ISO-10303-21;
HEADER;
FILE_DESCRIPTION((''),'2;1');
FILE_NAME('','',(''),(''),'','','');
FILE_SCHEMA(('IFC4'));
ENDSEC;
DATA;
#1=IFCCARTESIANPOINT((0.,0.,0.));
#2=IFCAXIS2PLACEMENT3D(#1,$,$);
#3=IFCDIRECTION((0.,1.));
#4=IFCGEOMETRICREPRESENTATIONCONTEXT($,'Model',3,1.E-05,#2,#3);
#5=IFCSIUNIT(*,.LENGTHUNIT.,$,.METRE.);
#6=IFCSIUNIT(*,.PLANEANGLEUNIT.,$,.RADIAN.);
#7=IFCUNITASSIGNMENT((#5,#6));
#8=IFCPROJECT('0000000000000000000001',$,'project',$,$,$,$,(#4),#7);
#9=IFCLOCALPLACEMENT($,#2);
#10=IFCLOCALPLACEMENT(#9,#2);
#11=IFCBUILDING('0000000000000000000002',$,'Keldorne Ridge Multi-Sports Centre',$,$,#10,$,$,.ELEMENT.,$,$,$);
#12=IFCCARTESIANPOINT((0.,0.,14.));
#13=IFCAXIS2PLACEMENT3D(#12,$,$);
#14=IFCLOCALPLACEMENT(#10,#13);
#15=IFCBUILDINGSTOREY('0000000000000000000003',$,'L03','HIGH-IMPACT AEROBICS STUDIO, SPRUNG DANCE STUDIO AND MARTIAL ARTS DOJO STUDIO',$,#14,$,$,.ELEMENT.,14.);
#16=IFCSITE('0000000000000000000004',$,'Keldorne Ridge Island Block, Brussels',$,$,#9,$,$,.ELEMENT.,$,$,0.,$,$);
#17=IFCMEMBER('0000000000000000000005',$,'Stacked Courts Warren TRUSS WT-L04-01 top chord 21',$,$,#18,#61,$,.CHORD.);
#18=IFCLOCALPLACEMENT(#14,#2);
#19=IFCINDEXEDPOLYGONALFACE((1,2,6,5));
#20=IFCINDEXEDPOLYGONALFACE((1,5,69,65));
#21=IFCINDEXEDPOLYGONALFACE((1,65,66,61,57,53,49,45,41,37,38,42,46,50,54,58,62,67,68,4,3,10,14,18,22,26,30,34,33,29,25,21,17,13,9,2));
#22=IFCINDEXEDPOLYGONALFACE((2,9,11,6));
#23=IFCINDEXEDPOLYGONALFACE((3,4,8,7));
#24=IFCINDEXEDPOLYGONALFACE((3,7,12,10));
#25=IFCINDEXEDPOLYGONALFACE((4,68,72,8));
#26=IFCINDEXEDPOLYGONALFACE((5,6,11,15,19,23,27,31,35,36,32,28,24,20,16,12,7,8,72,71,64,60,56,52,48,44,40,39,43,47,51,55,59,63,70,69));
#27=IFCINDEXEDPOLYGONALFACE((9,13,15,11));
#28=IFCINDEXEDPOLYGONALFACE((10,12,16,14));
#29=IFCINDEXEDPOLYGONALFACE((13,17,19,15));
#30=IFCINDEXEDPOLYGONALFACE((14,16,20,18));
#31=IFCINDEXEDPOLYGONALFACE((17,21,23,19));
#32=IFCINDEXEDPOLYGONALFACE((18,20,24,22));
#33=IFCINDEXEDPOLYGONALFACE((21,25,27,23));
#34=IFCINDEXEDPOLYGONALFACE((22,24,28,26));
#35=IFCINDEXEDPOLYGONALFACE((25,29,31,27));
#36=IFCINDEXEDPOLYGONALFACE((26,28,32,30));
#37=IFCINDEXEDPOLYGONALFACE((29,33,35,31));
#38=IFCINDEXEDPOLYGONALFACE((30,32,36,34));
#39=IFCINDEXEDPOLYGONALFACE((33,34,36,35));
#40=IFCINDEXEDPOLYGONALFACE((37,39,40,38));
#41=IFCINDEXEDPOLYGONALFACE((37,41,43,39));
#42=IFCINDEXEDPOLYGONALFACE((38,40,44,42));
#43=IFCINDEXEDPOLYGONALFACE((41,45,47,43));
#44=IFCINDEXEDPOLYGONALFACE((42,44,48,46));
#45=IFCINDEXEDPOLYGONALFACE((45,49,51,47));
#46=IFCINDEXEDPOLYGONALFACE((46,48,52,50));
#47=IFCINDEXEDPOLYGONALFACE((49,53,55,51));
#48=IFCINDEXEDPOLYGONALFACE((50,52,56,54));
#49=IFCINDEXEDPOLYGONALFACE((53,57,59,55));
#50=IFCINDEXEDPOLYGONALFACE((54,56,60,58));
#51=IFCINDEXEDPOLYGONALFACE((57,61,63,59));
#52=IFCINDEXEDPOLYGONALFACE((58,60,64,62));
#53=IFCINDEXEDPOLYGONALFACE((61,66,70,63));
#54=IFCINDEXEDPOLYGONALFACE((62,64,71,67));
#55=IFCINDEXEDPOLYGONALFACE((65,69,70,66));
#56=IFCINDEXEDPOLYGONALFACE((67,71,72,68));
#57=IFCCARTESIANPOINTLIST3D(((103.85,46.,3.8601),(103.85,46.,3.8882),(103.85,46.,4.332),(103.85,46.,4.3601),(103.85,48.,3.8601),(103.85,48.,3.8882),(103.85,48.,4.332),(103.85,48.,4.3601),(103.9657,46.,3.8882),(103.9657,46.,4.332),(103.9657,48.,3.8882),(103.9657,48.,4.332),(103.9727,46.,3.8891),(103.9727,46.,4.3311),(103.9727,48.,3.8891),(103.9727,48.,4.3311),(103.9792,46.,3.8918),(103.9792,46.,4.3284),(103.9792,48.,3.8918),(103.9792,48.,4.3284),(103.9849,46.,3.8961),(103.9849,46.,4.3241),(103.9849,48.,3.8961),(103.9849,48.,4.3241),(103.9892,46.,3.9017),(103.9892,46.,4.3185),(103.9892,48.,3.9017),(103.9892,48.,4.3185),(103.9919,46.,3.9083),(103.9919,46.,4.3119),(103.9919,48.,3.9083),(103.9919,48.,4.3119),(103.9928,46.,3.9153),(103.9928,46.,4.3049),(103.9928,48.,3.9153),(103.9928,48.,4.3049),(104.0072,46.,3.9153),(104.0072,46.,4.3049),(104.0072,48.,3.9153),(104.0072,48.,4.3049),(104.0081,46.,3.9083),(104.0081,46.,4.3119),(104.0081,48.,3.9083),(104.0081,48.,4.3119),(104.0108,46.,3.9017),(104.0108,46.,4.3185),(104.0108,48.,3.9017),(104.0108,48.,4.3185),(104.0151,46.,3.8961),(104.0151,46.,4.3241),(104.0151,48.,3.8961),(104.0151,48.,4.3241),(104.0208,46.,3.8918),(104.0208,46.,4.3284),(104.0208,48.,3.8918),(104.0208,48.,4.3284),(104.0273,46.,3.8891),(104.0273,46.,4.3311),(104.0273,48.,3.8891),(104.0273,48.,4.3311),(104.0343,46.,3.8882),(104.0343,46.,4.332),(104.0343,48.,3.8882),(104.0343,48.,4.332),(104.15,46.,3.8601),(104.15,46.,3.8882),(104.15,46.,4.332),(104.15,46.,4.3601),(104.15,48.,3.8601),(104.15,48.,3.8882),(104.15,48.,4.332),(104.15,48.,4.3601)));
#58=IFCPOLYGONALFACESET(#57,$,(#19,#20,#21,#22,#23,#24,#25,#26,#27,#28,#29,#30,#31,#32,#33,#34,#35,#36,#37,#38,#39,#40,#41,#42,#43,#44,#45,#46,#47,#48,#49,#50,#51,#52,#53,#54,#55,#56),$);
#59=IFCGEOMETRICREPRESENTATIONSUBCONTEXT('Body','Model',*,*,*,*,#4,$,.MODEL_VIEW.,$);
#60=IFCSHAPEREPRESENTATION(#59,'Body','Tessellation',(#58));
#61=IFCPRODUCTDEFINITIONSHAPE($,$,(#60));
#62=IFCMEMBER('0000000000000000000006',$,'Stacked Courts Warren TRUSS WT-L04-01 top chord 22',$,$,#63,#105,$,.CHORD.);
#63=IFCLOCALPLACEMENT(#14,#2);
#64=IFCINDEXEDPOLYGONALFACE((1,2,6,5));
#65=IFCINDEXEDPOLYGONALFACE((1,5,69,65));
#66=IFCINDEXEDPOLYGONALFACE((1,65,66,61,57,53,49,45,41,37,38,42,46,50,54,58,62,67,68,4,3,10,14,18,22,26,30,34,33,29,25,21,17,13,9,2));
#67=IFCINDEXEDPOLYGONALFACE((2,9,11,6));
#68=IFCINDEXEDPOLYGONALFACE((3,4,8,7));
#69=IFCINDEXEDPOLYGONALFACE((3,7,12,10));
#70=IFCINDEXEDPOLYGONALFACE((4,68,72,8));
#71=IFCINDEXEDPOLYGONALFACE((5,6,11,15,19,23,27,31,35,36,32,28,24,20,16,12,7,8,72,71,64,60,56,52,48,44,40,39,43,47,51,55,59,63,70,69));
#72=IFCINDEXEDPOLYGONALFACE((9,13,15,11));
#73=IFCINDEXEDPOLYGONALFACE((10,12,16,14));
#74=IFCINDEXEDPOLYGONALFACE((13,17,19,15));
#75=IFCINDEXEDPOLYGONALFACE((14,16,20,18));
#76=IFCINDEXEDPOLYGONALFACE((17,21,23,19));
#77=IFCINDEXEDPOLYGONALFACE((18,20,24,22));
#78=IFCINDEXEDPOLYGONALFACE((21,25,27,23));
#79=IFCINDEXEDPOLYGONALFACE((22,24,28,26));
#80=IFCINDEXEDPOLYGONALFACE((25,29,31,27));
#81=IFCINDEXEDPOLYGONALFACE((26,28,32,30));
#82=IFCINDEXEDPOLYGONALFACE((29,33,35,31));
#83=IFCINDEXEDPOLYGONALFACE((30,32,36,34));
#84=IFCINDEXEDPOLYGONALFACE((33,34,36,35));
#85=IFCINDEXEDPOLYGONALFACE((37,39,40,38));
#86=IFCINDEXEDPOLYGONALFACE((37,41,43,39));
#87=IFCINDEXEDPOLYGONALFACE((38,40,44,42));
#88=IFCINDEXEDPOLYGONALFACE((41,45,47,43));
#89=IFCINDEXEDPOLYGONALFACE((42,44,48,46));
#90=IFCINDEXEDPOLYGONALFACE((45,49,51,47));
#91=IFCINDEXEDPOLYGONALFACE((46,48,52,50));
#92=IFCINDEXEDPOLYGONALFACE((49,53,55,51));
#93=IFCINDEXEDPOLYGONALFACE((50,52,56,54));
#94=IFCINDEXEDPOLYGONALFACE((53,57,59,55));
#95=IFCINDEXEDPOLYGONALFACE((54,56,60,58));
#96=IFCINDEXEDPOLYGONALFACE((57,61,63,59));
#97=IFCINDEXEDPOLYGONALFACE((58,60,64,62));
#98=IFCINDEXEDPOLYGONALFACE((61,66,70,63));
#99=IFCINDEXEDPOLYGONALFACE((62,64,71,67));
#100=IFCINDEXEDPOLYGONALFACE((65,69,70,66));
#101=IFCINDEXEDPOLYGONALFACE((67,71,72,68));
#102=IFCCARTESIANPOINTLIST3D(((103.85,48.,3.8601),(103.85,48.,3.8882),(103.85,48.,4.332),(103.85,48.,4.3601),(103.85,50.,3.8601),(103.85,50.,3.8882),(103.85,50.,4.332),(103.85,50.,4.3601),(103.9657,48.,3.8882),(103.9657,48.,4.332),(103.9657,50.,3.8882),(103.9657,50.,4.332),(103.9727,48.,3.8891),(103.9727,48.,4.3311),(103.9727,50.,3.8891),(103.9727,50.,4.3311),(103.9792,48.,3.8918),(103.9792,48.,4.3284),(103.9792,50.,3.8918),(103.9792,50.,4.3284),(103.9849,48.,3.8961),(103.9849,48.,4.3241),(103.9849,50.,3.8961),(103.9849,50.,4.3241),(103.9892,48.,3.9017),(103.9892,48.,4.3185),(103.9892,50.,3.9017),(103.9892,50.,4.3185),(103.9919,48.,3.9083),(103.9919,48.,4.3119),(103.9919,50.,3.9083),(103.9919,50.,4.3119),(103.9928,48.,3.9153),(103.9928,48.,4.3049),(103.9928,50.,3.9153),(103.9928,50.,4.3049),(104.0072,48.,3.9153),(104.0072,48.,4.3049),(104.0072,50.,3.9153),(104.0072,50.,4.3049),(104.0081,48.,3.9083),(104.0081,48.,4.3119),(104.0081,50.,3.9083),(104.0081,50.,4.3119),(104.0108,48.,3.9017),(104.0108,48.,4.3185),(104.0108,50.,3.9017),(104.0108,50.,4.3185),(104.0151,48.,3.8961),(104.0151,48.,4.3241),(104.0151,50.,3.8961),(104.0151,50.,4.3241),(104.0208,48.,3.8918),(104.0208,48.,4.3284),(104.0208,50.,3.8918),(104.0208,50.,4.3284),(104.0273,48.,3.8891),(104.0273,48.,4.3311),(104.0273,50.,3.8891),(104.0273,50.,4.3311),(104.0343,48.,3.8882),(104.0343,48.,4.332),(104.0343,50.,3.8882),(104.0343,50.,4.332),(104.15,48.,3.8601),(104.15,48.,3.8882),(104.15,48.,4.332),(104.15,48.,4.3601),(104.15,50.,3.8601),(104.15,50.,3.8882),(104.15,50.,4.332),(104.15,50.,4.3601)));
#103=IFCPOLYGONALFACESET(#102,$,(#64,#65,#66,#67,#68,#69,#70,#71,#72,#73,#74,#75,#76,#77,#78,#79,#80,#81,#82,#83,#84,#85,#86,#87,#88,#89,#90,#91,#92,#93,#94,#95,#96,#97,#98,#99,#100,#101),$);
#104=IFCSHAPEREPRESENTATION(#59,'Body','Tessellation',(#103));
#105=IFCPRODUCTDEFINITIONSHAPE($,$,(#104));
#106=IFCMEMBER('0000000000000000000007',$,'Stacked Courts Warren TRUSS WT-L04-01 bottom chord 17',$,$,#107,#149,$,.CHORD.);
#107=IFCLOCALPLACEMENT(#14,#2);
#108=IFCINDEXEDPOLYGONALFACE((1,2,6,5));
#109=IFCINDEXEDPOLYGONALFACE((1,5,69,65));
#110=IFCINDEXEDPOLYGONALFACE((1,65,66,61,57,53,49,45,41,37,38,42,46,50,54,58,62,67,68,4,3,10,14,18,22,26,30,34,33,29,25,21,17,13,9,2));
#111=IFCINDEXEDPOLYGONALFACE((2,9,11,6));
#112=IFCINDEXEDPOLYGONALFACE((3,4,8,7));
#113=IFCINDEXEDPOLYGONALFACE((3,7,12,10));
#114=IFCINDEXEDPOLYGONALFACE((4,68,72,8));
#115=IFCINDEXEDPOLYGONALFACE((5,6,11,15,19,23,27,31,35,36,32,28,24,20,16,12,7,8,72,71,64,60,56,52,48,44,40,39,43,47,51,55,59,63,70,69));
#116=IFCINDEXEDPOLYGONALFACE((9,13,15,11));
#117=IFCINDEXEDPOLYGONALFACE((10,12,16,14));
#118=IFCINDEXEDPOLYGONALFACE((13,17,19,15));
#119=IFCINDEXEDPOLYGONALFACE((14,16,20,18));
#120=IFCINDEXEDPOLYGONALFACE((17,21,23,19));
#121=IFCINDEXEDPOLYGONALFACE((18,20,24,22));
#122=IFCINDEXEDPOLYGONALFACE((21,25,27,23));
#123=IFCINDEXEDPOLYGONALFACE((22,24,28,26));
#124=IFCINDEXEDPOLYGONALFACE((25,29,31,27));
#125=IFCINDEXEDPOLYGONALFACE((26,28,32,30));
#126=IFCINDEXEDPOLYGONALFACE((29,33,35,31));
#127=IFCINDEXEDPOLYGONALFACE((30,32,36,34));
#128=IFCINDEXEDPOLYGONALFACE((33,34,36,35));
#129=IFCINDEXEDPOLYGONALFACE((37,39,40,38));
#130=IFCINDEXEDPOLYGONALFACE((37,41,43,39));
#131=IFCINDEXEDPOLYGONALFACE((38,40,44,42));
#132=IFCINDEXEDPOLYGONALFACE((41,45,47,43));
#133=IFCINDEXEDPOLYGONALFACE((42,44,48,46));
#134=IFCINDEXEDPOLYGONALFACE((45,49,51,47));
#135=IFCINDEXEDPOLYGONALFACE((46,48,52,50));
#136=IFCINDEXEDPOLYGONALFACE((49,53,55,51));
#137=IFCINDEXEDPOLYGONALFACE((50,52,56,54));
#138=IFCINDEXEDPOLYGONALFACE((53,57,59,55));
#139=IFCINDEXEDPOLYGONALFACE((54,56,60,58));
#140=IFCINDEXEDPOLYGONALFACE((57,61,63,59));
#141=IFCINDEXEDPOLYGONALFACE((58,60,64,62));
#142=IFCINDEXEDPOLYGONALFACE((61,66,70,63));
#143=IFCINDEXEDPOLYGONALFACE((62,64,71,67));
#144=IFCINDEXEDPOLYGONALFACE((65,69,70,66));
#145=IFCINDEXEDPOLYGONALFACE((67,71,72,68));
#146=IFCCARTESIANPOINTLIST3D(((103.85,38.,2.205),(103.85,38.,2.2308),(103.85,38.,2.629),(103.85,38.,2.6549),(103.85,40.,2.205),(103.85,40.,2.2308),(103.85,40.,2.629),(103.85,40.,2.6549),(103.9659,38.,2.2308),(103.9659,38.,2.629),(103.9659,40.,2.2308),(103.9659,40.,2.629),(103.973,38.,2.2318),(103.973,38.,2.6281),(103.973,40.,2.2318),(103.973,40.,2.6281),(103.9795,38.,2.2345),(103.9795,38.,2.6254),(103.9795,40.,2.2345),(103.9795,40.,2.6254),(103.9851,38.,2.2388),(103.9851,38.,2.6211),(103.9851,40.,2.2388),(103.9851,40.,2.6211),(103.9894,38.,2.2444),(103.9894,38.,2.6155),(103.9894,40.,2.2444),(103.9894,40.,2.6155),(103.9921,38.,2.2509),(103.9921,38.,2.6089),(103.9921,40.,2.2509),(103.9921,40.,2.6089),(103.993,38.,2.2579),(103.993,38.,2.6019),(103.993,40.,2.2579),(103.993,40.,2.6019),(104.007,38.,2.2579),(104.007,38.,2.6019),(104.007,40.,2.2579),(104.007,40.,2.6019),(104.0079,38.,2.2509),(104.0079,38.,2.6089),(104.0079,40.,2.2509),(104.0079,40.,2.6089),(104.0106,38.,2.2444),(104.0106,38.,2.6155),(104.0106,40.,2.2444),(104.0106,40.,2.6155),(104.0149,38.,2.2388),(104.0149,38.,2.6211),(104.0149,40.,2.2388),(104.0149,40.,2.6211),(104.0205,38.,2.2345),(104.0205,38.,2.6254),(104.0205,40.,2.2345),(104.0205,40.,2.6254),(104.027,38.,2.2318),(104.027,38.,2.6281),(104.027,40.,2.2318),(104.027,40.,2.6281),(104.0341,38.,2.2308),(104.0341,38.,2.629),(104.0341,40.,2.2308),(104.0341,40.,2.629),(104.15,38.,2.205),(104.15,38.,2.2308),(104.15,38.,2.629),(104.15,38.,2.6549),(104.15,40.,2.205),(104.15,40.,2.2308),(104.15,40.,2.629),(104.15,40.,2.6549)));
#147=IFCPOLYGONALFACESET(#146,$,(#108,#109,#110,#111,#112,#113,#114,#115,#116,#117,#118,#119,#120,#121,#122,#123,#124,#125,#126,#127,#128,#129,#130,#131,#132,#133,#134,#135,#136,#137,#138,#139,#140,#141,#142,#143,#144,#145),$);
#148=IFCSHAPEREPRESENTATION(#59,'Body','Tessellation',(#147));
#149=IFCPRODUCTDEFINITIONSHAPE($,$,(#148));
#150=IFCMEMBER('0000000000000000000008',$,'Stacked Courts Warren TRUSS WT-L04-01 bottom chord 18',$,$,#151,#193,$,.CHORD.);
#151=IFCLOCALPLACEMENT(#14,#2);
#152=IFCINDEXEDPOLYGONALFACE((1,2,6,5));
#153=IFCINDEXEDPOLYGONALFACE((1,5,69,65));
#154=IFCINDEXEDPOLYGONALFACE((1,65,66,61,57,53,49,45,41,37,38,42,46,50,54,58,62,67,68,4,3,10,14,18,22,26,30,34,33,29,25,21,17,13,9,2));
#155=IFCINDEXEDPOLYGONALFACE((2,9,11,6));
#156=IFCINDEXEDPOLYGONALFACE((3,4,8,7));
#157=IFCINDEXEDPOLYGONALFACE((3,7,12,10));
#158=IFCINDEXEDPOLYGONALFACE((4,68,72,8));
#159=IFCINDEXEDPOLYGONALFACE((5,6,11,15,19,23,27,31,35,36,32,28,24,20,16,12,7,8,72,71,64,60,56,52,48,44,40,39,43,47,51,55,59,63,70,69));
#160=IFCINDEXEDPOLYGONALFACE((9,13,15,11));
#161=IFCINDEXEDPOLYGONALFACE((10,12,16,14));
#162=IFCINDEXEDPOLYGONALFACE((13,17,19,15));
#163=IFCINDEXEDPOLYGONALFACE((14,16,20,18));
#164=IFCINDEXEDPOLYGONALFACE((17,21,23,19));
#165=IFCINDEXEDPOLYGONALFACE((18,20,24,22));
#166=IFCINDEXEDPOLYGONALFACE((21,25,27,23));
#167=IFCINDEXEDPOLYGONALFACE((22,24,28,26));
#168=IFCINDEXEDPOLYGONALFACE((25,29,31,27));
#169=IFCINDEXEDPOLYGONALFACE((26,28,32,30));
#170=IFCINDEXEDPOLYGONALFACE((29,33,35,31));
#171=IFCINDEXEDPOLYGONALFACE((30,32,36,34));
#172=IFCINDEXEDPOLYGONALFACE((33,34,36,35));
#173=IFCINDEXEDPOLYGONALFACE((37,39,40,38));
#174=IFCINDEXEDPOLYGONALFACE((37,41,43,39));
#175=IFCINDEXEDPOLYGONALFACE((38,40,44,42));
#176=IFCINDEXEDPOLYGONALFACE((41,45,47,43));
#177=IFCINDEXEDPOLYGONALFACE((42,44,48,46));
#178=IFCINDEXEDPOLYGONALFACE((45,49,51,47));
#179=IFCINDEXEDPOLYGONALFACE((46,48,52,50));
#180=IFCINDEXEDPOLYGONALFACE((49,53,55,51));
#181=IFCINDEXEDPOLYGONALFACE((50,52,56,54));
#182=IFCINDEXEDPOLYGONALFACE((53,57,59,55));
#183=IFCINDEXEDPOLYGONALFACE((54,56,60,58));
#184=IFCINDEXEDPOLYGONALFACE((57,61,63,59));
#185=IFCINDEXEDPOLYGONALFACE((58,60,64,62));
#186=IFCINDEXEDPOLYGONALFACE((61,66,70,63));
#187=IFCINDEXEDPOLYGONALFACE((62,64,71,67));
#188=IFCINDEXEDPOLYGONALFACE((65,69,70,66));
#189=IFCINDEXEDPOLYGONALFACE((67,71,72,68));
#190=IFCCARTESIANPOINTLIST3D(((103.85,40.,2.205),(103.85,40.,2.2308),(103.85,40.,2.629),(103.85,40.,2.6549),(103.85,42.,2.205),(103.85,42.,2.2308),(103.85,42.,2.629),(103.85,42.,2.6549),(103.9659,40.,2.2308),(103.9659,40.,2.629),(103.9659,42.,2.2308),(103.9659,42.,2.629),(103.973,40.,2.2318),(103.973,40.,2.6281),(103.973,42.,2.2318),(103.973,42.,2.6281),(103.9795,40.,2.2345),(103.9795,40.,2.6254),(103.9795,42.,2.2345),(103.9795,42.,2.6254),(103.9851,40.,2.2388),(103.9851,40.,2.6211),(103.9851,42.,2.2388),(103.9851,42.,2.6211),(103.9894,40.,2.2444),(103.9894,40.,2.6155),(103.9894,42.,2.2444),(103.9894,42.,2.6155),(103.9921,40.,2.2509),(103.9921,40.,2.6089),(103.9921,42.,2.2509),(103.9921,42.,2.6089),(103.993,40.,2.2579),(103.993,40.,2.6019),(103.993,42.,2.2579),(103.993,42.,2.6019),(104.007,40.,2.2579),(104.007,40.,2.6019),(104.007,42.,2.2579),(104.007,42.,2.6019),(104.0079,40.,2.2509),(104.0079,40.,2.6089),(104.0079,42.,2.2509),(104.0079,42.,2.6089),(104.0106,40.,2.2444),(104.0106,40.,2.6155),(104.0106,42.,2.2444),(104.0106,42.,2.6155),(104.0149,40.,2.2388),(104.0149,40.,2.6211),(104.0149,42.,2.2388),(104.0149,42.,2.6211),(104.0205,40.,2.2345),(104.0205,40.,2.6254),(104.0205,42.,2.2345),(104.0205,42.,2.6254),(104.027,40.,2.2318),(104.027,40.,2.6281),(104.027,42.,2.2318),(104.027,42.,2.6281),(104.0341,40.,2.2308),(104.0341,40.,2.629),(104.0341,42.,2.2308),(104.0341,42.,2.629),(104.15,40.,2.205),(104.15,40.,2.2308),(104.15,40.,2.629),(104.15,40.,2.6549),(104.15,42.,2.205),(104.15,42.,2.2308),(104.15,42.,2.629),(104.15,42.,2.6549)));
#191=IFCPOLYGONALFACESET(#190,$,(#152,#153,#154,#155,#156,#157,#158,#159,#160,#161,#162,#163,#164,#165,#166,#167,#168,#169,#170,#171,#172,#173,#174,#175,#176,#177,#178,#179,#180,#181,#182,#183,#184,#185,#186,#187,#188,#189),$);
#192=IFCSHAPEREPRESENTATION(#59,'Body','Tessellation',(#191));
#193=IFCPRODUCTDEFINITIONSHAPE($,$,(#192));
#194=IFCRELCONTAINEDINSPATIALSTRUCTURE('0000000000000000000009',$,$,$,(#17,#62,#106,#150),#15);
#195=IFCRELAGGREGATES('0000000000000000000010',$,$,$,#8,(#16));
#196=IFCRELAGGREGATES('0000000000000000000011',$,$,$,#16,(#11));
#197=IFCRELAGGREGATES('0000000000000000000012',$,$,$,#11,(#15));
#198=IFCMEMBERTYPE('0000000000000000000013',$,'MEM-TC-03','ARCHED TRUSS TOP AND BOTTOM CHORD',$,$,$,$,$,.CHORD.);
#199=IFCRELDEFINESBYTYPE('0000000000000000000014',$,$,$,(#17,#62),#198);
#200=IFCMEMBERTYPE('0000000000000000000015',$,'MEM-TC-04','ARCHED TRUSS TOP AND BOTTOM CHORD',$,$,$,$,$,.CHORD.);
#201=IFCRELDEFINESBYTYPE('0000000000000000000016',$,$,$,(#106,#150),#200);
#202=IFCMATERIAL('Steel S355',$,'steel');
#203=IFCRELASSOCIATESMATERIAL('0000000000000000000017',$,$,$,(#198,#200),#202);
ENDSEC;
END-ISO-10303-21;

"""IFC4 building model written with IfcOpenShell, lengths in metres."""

from ifc_helpers import new_model, si_unit, direction, frame, origin, origin_2d, place, context, subcontext, project, spatial, i_section, extrude, material, material_profile, profile_set, type_object, element, save


model = new_model("IFC4")

# Units and contexts
model_context = context("Model", 3, precision=1e-05, world=origin(), true_north=direction((0.0, 1.0)))
body_context = subcontext(model_context, "Body", "Model", "MODEL_VIEW")
ifc_project = project(units=[si_unit("LENGTHUNIT", "METRE"), si_unit("PLANEANGLEUNIT", "RADIAN")], contexts=[model_context])

# Site, building, storey
site_placement = place(None, origin())
site = spatial("IfcSite", under=ifc_project, at=site_placement, Name="Keldorne Ridge Island Block, Brussels", CompositionType="ELEMENT", RefElevation=0.0)
building_placement = place(site_placement, origin())
building = spatial("IfcBuilding", under=site, at=building_placement, Name="Keldorne Ridge Multi-Sports Centre", CompositionType="ELEMENT")
storey_placement = place(building_placement, frame((0.0, 0.0, 14.0)))
storey = spatial("IfcBuildingStorey", under=building, at=storey_placement, Name="L03", Description="HIGH-IMPACT AEROBICS STUDIO, SPRUNG DANCE STUDIO AND MARTIAL ARTS DOJO STUDIO", CompositionType="ELEMENT", Elevation=14.0)

# Shared definitions
ifc_material_1 = material(Name="Steel S355", Category="steel")

# Members
ifc_material_profile_1 = material_profile(ifc_material_1, i_section(OverallWidth=0.3, OverallDepth=0.5, WebThickness=0.0144, FlangeThickness=0.0281, FilletRadius=0.0271, at=origin_2d()), Name="HEB 500")
ifc_profile_set_1 = profile_set([ifc_material_profile_1], Name="Steel S355")
member_type_1 = type_object("IfcMemberType", Name="MEM-TC-03", Description="ARCHED TRUSS TOP AND BOTTOM CHORD", PredefinedType="CHORD", material=ifc_profile_set_1)
for number, where, z_axis, x_axis, name in (
    (1, (104.0, 46.0, 4.1101), (0.0, 1.0, 0.0), (-1.0, 0.0, 0.0), "Stacked Courts Warren TRUSS WT-L04-01 top chord 21"),
    (2, (104.0, 48.0, 4.1101), (0.0, 1.0, 0.0), (-1.0, 0.0, 0.0), "Stacked Courts Warren TRUSS WT-L04-01 top chord 22"),
):
    element("IfcMember", number, at=place(storey_placement, frame(where, z_axis=z_axis, x_axis=x_axis)), inside=storey, type_object=member_type_1, Name=name, PredefinedType="CHORD", context=body_context, shape_type="SweptSolid", body=[
        extrude(i_section(OverallWidth=0.3, OverallDepth=0.5, WebThickness=0.0144, FlangeThickness=0.0281, FilletRadius=0.0271, at=origin_2d()), origin(), (0.0, 0.0, 1.0), 2.0),
    ])
ifc_material_profile_2 = material_profile(ifc_material_1, i_section(OverallWidth=0.3, OverallDepth=0.45, WebThickness=0.0139, FlangeThickness=0.0259, FilletRadius=0.0271, at=origin_2d()), Name="HEB 450")
ifc_profile_set_2 = profile_set([ifc_material_profile_2], Name="Steel S355")
member_type_2 = type_object("IfcMemberType", Name="MEM-TC-04", Description="ARCHED TRUSS TOP AND BOTTOM CHORD", PredefinedType="CHORD", material=ifc_profile_set_2)
for number, where, z_axis, x_axis, name in (
    (3, (104.0, 38.0, 2.4299), (0.0, 1.0, 0.0), (-1.0, 0.0, 0.0), "Stacked Courts Warren TRUSS WT-L04-01 bottom chord 17"),
    (4, (104.0, 40.0, 2.4299), (0.0, 1.0, 0.0), (-1.0, 0.0, 0.0), "Stacked Courts Warren TRUSS WT-L04-01 bottom chord 18"),
):
    element("IfcMember", number, at=place(storey_placement, frame(where, z_axis=z_axis, x_axis=x_axis)), inside=storey, type_object=member_type_2, Name=name, PredefinedType="CHORD", context=body_context, shape_type="SweptSolid", body=[
        extrude(i_section(OverallWidth=0.3, OverallDepth=0.45, WebThickness=0.0139, FlangeThickness=0.0259, FilletRadius=0.0271, at=origin_2d()), origin(), (0.0, 0.0, 1.0), 2.0),
    ])

save(model, "model.ifc")
